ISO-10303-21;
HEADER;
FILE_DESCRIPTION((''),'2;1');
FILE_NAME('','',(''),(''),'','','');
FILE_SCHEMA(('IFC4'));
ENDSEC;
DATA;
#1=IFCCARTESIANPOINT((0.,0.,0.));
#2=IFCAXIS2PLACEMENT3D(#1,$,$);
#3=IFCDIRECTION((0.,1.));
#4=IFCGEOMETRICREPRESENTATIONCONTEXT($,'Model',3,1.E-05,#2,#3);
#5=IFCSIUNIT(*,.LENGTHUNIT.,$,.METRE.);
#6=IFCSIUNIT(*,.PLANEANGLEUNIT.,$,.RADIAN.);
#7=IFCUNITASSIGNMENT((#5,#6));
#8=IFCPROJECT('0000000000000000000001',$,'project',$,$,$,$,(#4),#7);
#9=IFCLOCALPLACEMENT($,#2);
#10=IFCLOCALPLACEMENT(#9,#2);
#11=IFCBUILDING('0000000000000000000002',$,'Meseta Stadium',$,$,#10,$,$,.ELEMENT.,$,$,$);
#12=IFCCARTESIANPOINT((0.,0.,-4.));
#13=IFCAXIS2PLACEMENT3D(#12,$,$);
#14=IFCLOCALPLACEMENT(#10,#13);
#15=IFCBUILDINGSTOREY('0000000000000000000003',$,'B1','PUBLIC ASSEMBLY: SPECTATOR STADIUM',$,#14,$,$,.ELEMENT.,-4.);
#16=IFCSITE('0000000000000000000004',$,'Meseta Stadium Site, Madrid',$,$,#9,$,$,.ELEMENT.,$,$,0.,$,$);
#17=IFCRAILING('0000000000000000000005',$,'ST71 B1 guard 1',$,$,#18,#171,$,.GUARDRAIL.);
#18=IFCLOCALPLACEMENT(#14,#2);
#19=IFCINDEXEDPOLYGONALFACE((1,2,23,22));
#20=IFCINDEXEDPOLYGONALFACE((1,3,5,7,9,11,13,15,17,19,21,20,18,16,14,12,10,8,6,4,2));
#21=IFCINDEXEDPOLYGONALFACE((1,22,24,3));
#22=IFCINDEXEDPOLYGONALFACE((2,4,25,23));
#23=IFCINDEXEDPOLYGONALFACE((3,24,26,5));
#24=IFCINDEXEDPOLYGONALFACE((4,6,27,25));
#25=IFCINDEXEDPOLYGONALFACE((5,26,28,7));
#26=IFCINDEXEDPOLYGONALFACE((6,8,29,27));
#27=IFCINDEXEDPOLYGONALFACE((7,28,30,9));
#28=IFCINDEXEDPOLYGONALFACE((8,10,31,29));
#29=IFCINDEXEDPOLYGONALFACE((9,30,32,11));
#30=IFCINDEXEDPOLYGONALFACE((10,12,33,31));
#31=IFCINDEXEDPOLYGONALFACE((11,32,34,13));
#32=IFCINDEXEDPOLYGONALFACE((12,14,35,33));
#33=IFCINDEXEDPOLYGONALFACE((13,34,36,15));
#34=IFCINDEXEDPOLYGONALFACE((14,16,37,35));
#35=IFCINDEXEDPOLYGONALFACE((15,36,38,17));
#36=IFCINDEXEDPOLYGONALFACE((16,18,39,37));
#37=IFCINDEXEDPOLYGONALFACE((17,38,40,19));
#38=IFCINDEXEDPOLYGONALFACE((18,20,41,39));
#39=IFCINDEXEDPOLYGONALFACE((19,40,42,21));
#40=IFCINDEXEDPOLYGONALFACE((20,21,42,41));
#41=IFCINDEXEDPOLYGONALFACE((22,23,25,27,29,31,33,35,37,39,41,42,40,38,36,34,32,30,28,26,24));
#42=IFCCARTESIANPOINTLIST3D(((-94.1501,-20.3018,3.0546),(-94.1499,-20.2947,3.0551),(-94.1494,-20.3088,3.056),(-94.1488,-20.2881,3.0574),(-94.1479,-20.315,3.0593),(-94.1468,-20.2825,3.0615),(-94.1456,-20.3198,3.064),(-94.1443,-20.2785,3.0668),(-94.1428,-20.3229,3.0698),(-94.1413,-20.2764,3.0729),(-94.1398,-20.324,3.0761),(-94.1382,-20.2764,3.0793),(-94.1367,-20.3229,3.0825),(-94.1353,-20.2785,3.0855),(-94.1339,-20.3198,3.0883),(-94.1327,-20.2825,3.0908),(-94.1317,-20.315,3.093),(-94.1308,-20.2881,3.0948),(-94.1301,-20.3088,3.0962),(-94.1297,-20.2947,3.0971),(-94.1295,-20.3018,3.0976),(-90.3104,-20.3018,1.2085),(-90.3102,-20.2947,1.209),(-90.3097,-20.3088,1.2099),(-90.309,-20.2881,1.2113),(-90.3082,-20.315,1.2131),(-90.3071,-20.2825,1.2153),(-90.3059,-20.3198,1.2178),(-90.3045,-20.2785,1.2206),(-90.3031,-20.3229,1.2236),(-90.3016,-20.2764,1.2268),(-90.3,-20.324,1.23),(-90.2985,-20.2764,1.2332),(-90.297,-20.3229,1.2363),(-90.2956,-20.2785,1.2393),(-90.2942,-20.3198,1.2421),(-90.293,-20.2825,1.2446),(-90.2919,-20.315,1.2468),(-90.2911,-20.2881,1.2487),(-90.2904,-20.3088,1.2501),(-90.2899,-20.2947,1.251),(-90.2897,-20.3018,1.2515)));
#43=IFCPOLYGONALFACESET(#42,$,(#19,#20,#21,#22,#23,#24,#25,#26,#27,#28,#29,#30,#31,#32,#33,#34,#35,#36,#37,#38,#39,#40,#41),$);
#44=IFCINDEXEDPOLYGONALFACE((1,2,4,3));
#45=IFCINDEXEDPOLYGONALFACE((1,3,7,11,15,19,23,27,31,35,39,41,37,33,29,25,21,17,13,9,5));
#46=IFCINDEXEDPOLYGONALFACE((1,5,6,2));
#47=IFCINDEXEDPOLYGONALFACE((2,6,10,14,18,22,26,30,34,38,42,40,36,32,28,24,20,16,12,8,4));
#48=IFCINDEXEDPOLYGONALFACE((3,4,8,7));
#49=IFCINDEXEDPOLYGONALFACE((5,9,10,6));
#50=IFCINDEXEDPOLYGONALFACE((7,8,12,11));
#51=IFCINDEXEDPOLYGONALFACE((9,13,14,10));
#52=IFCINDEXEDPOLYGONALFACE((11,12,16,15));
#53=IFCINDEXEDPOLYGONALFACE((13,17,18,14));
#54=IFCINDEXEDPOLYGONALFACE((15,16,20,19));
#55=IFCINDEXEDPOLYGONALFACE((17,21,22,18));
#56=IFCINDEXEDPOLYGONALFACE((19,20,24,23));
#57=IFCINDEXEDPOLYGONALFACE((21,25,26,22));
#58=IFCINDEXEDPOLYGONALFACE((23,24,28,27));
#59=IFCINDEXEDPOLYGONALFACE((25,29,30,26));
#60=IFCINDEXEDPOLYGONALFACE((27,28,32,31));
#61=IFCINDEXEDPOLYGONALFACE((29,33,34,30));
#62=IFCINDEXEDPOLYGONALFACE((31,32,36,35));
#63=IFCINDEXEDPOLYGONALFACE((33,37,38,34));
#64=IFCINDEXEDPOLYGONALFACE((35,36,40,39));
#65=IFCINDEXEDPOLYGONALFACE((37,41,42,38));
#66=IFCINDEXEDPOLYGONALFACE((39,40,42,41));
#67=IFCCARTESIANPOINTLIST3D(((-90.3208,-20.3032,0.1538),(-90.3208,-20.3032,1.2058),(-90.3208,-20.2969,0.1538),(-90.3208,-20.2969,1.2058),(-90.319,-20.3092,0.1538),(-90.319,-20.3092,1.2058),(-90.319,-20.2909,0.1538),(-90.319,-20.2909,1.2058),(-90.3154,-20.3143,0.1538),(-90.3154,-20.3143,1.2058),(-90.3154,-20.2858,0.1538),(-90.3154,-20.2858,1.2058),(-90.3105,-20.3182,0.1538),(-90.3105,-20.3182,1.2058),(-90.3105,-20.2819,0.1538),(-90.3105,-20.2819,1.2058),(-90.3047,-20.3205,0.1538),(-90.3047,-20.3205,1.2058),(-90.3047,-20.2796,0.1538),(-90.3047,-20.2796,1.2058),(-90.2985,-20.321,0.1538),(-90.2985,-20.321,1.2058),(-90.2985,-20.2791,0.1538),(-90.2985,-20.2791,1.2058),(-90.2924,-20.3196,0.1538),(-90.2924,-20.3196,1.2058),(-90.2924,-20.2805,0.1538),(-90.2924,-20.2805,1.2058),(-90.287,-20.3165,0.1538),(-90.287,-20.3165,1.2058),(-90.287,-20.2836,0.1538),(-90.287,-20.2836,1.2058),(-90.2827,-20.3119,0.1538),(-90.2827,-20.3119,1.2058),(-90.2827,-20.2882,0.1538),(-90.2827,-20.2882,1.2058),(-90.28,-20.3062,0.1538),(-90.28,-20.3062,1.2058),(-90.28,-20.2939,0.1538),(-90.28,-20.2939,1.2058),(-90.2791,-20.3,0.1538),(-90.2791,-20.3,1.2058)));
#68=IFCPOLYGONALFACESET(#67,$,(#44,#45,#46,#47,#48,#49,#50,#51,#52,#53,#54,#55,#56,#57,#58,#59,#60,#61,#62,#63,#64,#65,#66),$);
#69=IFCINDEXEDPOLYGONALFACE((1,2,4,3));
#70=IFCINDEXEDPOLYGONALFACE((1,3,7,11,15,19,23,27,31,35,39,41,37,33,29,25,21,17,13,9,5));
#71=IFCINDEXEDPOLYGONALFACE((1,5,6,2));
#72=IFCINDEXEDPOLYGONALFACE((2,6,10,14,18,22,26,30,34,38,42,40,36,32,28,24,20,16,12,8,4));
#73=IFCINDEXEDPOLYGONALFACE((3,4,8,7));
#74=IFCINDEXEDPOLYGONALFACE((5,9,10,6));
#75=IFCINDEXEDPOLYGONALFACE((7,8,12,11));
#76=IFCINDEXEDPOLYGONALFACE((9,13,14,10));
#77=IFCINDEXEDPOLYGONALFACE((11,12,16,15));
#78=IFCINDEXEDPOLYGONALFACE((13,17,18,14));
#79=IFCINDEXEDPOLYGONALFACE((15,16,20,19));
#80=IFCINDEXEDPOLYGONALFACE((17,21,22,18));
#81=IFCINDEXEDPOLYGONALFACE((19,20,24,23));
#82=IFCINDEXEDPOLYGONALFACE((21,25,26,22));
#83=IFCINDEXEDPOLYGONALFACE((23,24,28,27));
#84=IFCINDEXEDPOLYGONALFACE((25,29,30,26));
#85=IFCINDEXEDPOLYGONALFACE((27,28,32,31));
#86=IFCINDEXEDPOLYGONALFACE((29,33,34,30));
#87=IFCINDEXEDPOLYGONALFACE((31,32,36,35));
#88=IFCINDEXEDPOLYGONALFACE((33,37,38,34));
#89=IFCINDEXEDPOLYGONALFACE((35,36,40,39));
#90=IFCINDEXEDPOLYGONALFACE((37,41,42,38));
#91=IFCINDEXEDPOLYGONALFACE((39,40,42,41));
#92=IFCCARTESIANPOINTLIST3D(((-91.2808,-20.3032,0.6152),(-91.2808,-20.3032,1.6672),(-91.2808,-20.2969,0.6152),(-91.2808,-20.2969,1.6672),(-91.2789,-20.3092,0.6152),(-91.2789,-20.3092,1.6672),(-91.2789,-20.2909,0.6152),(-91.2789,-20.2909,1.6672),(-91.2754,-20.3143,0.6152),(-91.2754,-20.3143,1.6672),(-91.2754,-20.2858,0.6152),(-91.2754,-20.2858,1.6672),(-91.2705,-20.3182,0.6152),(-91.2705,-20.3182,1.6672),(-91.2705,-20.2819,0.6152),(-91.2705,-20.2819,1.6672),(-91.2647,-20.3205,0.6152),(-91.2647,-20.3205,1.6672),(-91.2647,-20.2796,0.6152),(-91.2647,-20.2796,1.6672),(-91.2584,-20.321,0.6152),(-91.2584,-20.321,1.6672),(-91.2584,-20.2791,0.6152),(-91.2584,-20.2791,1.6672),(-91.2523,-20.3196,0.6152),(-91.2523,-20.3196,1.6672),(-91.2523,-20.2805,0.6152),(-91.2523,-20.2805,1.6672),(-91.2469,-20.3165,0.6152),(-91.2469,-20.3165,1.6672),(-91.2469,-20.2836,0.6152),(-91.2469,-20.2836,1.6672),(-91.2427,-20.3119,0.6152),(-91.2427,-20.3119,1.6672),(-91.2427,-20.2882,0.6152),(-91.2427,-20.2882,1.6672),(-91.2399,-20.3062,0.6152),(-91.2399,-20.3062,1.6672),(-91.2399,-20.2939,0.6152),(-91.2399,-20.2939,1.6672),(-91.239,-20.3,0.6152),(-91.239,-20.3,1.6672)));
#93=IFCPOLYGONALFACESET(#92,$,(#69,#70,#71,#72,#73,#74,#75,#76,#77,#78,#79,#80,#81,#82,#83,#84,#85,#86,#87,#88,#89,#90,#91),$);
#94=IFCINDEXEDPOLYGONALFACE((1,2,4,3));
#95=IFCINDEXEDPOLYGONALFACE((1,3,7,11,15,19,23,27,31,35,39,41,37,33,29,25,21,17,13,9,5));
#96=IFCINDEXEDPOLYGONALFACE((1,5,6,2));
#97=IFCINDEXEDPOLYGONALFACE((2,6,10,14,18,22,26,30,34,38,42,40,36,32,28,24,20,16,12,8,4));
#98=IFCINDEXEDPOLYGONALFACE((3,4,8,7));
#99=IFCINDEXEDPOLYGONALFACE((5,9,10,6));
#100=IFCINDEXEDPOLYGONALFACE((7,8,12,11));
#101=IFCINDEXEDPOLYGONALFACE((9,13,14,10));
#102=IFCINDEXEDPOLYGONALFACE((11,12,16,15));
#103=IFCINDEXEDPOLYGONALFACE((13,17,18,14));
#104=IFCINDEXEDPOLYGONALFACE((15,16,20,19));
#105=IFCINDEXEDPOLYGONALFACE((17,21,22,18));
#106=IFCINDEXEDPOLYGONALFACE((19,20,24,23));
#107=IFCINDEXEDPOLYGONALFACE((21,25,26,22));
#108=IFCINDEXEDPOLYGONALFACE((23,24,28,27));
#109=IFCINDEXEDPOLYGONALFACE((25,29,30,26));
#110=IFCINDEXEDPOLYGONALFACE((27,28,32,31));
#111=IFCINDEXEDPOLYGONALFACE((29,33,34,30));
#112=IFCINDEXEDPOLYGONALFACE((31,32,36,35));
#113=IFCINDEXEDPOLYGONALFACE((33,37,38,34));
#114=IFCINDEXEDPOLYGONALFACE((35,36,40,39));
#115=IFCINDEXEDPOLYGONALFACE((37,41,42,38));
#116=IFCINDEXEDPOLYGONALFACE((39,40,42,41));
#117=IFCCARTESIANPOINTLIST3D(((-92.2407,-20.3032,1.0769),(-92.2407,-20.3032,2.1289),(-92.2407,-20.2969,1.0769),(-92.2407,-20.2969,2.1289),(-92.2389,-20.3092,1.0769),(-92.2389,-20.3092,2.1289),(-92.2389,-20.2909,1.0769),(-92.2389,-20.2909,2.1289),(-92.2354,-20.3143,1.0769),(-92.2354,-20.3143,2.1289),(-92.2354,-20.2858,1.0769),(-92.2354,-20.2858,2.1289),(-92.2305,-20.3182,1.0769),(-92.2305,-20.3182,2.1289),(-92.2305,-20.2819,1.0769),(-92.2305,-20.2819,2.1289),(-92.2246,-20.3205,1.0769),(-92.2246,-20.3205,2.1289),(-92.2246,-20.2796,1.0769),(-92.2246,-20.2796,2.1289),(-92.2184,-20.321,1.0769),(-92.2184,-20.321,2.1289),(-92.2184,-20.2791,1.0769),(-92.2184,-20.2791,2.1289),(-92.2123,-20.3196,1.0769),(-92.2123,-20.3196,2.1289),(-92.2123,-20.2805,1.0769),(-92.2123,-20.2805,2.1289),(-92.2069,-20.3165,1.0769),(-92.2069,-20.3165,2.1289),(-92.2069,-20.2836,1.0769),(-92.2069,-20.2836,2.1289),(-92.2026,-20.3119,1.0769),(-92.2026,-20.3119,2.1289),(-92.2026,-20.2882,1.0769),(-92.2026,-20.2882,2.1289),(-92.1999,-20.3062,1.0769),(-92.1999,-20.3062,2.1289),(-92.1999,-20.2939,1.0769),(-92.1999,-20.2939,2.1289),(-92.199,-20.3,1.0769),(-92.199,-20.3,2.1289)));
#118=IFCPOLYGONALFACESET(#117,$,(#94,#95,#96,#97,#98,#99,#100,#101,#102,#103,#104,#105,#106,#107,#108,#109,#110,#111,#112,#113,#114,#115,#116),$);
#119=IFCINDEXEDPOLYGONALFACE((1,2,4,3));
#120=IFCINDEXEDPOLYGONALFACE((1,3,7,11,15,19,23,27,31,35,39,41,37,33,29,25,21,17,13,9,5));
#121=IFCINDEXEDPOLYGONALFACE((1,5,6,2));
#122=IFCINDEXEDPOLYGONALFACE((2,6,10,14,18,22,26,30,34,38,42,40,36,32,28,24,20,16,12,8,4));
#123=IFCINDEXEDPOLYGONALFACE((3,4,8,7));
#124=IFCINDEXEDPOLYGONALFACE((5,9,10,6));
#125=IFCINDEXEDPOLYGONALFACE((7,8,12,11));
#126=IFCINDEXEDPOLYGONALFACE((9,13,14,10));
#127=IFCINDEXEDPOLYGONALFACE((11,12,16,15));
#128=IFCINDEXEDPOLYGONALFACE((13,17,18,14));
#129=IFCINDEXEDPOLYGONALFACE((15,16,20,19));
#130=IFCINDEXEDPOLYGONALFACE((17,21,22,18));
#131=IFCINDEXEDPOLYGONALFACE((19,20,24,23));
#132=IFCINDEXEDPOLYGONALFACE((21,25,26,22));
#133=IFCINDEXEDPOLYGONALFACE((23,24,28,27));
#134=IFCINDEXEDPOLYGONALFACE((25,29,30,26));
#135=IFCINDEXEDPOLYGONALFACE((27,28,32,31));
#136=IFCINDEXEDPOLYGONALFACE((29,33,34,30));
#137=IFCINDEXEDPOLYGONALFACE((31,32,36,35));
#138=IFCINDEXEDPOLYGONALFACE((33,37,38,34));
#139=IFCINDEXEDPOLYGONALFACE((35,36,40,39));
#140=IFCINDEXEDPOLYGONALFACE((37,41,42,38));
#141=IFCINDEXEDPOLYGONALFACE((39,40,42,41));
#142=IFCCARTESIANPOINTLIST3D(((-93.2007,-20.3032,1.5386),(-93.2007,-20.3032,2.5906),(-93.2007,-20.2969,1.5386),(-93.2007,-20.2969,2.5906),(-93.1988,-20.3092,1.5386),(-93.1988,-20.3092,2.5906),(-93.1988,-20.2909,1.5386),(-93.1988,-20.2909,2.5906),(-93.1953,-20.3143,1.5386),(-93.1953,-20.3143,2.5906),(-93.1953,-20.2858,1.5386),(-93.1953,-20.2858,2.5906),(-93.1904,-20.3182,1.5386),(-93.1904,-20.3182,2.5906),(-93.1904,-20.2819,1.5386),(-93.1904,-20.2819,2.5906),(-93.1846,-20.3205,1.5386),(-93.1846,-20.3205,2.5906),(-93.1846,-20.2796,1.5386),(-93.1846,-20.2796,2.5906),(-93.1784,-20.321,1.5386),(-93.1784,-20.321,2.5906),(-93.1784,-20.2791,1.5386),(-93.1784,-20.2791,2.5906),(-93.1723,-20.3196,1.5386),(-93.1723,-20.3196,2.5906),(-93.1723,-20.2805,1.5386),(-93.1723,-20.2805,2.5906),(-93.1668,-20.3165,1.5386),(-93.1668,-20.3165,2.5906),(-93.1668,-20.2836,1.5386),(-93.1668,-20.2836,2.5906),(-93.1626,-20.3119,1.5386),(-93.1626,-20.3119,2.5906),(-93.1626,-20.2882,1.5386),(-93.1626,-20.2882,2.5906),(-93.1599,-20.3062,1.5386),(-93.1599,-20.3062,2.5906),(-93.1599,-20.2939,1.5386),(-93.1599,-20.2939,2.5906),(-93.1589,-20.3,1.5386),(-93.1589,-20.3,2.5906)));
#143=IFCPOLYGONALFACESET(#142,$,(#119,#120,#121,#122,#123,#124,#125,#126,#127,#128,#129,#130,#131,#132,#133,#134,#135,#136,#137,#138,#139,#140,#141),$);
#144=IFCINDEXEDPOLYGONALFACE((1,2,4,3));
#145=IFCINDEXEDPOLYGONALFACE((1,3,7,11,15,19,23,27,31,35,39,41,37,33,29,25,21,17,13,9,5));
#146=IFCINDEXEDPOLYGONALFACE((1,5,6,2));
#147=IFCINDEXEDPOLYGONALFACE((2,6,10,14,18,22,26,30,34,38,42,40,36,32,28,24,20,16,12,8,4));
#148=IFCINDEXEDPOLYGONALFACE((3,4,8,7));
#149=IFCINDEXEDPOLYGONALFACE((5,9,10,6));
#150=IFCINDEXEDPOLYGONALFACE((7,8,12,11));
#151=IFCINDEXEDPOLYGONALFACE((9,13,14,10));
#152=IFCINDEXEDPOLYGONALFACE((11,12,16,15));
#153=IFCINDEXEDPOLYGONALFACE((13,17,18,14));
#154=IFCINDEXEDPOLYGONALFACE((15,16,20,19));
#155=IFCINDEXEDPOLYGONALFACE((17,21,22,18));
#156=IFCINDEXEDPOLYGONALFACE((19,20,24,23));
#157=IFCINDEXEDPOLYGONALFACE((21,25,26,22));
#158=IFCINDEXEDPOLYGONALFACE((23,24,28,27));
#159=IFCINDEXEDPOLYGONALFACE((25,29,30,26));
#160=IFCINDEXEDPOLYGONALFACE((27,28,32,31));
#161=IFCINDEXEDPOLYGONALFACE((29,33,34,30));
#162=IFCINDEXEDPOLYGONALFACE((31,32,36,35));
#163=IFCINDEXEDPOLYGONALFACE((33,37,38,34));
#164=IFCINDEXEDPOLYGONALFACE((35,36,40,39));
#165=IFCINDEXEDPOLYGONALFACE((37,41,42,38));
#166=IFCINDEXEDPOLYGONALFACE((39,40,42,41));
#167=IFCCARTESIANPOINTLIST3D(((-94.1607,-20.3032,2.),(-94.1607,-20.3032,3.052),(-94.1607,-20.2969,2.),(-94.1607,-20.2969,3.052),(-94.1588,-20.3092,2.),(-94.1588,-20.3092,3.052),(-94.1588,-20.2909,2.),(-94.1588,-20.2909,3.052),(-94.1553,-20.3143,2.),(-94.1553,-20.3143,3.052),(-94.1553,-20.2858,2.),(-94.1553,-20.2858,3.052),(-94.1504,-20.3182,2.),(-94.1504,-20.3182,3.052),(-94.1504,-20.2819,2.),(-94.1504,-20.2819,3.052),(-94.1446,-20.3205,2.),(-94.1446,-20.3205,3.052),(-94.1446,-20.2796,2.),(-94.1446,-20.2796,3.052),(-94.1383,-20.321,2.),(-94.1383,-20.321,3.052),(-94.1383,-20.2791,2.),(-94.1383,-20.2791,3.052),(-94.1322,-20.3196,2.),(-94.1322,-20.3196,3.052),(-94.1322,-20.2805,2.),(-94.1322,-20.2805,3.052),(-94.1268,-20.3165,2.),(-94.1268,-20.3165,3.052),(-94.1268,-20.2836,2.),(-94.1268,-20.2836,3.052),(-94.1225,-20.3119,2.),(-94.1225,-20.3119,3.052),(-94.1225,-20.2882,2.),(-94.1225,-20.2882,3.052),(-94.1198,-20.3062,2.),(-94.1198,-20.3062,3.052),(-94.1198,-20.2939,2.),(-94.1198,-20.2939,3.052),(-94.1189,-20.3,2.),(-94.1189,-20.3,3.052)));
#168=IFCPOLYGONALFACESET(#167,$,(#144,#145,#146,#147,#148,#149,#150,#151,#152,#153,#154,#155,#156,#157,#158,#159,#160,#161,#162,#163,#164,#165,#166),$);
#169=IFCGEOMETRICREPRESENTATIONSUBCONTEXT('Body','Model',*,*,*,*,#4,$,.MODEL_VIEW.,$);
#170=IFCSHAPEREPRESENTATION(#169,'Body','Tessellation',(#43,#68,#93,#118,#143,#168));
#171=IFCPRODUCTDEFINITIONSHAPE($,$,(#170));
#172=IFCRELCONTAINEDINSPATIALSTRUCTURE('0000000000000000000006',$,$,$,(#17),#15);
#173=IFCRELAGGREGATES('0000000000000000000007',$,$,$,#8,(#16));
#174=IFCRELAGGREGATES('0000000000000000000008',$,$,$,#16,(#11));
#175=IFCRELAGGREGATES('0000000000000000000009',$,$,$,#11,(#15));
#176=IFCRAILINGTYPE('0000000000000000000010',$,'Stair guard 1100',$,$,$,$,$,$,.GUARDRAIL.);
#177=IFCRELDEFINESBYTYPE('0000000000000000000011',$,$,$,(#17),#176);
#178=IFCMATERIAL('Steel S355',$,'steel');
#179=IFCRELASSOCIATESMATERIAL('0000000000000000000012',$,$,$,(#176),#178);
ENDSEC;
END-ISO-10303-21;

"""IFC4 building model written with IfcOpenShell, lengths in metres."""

from ifc_helpers import new_model, si_unit, direction, frame, origin, origin_2d, place, context, subcontext, project, spatial, circle, extrude, material, type_object, element, save


model = new_model("IFC4")

# Units and contexts
model_context = context("Model", 3, precision=1e-05, world=origin(), true_north=direction((0.0, 1.0)))
body_context = subcontext(model_context, "Body", "Model", "MODEL_VIEW")
ifc_project = project(units=[si_unit("LENGTHUNIT", "METRE"), si_unit("PLANEANGLEUNIT", "RADIAN")], contexts=[model_context])

# Site, building, storey
site_placement = place(None, origin())
site = spatial("IfcSite", under=ifc_project, at=site_placement, Name="Meseta Stadium Site, Madrid", CompositionType="ELEMENT", RefElevation=0.0)
building_placement = place(site_placement, origin())
building = spatial("IfcBuilding", under=site, at=building_placement, Name="Meseta Stadium", CompositionType="ELEMENT")
storey_placement = place(building_placement, frame((0.0, 0.0, -4.0)))
storey = spatial("IfcBuildingStorey", under=building, at=storey_placement, Name="B1", Description="PUBLIC ASSEMBLY: SPECTATOR STADIUM", CompositionType="ELEMENT", Elevation=-4.0)

# Railing
ifc_material_1 = material(Name="Steel S355", Category="steel")
railing_type_1 = type_object("IfcRailingType", Name="Stair guard 1100", PredefinedType="GUARDRAIL", material=ifc_material_1)
railing_1_placement = place(storey_placement, frame((-90.3, -20.3, 0.1538)))
element("IfcRailing", 1, at=railing_1_placement, inside=storey, type_object=railing_type_1, Name="ST71 B1 guard 1", PredefinedType="GUARDRAIL", context=body_context, shape_type="SweptSolid", body=[
    extrude(circle(Radius=0.0239, at=origin_2d()), frame((0.0, 0.0, 1.0762), z_axis=(-0.901242, 0.0, 0.433316), x_axis=(0.0, -1.0, 0.0)), (0.0, 0.0, 1.0), 4.2605),
    extrude(circle(Radius=0.021, at=origin_2d()), origin(), (0.0, 0.0, 1.0), 1.052),
    extrude(circle(Radius=0.021, at=origin_2d()), frame((-0.96, 0.0, 0.4614)), (0.0, 0.0, 1.0), 1.052),
    extrude(circle(Radius=0.021, at=origin_2d()), frame((-1.9199, 0.0, 0.9231)), (0.0, 0.0, 1.0), 1.052),
    extrude(circle(Radius=0.021, at=origin_2d()), frame((-2.8799, 0.0, 1.3848)), (0.0, 0.0, 1.0), 1.052),
    extrude(circle(Radius=0.021, at=origin_2d()), frame((-3.8398, 0.0, 1.8462)), (0.0, 0.0, 1.0), 1.052),
])

save(model, "model.ifc")
